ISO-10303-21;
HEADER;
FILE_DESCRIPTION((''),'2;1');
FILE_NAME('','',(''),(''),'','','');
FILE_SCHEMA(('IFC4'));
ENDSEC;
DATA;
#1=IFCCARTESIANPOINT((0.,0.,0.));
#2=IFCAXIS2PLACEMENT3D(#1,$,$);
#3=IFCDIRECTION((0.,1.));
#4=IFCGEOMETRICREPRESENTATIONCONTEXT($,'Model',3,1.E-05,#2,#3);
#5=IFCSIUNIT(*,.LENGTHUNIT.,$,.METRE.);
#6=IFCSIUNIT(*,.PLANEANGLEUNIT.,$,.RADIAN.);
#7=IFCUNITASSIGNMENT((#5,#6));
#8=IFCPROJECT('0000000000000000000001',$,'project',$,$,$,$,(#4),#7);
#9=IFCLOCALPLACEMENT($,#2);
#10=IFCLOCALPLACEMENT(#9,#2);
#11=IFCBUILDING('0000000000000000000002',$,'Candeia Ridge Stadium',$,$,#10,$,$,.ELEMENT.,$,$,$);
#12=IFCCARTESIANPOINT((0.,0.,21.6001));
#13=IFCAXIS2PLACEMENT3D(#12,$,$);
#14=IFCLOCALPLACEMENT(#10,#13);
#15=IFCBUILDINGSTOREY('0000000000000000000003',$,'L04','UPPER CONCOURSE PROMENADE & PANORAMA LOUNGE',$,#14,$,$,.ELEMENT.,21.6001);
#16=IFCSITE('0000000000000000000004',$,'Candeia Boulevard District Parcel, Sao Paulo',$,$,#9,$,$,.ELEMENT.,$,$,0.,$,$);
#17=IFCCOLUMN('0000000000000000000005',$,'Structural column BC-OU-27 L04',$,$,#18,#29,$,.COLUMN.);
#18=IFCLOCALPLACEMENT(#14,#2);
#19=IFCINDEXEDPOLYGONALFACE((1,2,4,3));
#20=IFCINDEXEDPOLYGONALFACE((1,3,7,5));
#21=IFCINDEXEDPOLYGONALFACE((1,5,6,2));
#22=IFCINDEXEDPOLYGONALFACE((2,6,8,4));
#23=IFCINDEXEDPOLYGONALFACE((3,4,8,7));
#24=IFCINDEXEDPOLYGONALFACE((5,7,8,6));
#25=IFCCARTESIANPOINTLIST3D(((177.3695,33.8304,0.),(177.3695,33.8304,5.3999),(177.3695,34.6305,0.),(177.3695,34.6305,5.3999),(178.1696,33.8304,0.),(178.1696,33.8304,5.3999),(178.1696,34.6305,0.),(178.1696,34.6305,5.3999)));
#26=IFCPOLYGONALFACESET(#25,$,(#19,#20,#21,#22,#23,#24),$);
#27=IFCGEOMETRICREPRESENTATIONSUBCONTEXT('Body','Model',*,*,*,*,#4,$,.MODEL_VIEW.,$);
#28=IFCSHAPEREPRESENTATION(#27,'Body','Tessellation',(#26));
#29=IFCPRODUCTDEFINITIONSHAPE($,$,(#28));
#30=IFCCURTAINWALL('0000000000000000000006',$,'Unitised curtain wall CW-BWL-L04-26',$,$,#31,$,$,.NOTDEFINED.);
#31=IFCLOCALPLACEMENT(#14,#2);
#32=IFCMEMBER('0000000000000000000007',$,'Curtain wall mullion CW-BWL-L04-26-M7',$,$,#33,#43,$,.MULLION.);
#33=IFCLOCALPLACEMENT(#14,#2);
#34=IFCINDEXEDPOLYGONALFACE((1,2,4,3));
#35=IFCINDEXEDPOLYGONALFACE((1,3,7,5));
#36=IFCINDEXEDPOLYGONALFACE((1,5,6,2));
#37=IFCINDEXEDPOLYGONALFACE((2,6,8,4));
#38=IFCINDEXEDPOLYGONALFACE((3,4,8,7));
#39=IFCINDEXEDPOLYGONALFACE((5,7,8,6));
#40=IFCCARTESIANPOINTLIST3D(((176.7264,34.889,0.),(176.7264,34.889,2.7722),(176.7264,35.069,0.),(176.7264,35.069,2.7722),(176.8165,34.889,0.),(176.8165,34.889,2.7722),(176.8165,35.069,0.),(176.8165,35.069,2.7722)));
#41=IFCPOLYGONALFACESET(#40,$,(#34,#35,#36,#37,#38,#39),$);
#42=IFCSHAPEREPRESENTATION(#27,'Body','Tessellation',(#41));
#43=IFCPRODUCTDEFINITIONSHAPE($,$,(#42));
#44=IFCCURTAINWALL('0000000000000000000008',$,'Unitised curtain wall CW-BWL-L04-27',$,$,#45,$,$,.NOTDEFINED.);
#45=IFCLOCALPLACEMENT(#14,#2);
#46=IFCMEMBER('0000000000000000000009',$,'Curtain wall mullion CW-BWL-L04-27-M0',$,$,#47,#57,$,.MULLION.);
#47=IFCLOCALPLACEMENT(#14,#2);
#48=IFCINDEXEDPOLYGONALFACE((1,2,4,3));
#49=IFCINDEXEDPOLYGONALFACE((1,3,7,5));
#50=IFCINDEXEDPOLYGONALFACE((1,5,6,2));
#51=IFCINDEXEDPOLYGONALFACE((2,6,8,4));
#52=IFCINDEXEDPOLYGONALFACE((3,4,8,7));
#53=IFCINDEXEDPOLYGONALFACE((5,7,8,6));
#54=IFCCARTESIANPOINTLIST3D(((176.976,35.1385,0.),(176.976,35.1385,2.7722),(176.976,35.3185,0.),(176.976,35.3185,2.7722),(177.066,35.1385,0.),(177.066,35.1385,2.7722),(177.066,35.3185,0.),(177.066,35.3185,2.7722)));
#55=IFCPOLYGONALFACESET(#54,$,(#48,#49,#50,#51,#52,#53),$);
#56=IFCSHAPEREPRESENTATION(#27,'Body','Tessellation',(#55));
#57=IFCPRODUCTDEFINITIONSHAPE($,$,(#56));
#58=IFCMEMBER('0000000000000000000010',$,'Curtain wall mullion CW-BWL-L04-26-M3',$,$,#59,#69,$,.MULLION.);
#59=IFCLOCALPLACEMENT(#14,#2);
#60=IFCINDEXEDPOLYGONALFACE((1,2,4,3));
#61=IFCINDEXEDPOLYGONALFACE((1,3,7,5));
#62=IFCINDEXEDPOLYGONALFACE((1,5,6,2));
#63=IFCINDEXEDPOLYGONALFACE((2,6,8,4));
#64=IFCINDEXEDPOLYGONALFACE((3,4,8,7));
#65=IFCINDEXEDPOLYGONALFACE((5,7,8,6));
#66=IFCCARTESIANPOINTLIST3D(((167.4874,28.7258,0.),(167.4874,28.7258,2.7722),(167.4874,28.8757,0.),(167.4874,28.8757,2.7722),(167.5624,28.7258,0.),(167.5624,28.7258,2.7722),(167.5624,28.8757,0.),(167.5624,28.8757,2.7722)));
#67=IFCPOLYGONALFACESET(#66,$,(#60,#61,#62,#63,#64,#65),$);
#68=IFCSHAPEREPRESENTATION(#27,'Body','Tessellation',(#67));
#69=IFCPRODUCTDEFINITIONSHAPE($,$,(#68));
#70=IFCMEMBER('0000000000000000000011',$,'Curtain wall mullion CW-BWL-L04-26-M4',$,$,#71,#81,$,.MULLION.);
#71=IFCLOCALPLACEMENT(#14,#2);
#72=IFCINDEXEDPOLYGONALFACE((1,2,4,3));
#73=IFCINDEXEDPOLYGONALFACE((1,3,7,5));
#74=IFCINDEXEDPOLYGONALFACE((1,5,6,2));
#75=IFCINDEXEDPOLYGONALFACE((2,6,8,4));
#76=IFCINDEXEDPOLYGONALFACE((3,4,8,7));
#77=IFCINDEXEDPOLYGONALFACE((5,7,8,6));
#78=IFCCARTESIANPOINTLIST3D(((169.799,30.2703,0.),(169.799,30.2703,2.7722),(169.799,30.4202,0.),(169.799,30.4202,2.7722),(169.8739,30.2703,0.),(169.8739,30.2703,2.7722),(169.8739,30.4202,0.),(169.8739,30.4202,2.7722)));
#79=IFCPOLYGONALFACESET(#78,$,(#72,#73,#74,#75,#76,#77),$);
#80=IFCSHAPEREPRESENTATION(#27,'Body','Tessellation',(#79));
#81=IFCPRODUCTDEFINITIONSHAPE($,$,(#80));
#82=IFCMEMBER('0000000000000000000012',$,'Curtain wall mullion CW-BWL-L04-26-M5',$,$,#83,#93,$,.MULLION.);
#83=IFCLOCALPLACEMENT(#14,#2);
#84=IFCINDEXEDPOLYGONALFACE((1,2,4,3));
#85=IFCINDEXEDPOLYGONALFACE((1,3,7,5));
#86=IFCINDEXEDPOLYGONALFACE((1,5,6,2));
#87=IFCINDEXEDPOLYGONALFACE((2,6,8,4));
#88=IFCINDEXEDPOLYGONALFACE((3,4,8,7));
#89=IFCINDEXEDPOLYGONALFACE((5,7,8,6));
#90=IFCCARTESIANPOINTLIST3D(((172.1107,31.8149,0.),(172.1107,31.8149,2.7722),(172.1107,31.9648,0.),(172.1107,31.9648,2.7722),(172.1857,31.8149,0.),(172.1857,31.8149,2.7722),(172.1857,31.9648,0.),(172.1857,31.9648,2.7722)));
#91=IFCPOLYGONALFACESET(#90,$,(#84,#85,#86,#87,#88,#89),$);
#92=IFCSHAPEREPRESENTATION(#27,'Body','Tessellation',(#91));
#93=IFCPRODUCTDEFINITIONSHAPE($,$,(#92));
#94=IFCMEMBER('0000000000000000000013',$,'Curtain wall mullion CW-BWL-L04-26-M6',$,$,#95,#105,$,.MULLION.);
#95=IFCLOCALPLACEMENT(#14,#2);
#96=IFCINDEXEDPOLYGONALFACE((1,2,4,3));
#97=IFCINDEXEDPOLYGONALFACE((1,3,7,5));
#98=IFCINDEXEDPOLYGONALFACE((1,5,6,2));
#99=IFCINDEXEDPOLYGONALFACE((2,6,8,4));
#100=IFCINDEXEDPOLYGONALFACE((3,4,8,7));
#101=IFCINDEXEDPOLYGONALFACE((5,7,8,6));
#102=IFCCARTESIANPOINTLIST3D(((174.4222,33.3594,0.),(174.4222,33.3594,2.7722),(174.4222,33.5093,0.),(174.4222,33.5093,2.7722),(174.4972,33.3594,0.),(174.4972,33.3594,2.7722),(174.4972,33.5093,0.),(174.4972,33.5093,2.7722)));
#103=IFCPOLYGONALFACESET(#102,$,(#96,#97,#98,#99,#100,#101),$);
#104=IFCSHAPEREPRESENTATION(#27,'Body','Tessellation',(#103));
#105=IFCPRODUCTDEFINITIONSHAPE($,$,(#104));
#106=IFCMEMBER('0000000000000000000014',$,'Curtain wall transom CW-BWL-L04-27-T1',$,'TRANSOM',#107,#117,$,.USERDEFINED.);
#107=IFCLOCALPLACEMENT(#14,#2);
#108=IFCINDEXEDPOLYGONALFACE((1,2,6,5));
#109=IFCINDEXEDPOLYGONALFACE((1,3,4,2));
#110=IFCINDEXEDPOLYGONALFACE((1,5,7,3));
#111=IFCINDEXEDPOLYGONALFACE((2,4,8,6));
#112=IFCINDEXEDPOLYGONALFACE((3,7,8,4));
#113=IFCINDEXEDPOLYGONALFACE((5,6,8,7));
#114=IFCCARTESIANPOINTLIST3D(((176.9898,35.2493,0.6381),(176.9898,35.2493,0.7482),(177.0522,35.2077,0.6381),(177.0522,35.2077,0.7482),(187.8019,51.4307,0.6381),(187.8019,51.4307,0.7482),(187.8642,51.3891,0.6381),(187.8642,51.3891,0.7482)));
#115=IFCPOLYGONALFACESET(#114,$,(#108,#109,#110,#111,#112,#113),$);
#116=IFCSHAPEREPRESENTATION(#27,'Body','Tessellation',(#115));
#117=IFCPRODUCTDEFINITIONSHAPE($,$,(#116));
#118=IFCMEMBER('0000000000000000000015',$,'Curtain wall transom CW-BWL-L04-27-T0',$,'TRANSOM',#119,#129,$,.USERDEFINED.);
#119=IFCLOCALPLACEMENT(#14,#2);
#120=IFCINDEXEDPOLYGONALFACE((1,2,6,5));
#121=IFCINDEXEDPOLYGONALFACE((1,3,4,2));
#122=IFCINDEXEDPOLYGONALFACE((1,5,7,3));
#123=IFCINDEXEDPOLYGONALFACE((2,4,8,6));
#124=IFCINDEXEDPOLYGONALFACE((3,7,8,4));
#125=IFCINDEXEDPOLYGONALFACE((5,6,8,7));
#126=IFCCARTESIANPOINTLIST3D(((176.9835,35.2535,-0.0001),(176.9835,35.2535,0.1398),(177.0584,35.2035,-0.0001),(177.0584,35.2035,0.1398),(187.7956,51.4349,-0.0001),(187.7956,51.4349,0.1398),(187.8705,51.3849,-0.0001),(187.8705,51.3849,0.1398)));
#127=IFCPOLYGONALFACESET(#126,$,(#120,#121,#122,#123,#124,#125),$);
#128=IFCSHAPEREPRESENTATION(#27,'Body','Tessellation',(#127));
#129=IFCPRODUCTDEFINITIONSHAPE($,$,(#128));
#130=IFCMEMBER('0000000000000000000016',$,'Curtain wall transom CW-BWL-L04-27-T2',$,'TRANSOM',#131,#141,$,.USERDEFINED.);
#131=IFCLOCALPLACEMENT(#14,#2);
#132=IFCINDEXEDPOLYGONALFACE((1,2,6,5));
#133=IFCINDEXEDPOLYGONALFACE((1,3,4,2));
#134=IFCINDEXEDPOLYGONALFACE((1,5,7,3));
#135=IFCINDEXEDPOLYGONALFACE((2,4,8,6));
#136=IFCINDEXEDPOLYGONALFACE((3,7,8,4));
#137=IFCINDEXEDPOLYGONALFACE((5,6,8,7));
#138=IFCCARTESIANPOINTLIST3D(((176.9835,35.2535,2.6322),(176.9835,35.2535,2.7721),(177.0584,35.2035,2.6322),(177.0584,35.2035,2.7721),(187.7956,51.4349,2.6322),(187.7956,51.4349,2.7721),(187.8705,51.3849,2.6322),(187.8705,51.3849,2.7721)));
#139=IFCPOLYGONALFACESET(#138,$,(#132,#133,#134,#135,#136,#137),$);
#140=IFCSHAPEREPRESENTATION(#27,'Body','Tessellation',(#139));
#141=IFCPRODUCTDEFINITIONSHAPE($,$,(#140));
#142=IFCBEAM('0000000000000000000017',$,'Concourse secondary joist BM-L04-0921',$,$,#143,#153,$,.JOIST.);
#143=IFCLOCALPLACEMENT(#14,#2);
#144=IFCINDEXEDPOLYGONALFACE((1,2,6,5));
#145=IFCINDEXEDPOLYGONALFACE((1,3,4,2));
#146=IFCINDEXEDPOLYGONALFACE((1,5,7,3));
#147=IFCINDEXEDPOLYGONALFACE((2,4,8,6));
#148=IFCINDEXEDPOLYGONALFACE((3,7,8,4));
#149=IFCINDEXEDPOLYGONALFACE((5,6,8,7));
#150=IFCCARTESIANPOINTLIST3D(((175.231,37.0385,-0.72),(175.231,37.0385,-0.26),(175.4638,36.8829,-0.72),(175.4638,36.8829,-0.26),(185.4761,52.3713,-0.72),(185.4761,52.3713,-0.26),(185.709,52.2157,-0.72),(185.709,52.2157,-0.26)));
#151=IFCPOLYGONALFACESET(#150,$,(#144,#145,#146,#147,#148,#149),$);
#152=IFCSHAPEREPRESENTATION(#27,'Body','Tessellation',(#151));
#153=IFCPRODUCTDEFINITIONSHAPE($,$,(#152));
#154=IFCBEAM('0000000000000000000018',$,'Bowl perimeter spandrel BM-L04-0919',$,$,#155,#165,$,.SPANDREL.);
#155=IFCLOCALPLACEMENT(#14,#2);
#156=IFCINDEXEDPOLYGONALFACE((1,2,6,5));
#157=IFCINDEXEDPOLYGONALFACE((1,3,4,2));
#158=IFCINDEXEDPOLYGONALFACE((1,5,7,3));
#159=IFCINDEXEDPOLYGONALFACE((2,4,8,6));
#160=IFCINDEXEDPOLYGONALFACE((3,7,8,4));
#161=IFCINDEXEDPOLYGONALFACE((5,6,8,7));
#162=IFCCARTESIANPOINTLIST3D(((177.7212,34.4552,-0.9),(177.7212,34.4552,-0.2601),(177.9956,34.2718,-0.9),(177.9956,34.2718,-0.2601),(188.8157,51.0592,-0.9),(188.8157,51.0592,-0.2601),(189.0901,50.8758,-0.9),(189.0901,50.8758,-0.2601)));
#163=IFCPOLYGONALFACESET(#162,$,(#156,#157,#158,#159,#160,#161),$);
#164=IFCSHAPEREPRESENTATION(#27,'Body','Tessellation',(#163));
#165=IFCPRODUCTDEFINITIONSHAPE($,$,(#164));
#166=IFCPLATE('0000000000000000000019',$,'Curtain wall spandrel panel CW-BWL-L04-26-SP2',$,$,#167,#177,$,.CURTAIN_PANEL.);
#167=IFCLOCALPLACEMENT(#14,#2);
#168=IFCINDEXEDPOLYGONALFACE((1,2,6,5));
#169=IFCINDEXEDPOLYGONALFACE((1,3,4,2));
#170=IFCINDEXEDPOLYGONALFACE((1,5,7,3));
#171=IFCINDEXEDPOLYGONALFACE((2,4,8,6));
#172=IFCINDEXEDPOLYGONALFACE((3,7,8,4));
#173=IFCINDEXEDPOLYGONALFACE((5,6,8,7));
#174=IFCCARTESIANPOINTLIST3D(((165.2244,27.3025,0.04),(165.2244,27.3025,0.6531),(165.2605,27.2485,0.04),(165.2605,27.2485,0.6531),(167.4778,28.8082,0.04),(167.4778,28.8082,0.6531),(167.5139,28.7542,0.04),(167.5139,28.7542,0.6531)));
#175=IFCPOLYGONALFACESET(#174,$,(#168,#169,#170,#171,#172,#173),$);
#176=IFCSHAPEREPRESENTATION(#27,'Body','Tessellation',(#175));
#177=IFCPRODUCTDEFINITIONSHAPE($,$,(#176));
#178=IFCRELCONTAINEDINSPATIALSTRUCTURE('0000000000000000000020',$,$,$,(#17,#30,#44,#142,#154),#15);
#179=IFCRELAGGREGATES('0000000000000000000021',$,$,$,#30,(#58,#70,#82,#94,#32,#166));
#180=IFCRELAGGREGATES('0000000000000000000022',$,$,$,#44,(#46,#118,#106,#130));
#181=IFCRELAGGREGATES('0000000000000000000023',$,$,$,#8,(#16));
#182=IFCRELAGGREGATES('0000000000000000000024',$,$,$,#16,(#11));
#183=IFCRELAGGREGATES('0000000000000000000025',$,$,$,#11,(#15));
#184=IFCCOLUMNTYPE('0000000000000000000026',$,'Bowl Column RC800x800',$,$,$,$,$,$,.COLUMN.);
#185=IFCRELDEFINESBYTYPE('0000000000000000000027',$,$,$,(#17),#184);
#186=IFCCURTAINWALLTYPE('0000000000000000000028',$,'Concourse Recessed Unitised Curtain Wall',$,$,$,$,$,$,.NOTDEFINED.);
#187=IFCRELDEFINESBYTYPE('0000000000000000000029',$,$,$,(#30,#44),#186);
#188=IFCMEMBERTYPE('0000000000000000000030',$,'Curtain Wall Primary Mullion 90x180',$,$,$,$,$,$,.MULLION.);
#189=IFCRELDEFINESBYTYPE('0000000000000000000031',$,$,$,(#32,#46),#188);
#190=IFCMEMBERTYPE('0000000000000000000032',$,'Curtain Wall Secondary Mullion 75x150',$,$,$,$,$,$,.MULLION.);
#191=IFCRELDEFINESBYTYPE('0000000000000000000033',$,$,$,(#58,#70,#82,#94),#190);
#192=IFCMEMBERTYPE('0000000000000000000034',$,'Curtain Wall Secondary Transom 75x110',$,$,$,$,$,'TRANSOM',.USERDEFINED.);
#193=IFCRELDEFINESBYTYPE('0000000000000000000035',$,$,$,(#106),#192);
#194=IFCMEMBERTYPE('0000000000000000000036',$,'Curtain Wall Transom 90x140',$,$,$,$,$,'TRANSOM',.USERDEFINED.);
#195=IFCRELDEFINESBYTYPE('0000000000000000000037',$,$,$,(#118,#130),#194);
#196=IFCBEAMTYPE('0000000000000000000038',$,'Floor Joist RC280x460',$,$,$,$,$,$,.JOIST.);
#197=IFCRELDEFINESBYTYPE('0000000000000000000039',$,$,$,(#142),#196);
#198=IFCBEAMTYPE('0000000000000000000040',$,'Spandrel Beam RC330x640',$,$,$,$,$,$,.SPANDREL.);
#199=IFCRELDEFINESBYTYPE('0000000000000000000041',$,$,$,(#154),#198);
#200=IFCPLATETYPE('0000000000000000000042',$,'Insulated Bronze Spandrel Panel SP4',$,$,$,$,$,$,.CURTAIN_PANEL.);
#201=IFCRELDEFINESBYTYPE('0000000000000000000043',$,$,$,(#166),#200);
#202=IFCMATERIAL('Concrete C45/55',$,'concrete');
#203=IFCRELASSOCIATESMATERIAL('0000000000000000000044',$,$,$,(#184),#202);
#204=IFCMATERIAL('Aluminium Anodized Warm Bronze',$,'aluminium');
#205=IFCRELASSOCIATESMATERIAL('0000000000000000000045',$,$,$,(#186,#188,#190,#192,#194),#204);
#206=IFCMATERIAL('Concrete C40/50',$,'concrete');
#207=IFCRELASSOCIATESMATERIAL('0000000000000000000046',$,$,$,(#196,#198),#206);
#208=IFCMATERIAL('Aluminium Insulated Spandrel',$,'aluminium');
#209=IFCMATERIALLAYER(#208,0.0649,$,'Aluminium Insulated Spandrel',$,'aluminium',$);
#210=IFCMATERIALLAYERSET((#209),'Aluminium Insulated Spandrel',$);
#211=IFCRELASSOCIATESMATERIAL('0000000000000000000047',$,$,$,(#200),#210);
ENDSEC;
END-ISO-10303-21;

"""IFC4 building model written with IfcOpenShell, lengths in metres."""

from ifc_helpers import new_model, si_unit, direction, frame, origin, origin_2d, place, context, subcontext, project, spatial, rectangle, extrude, material, layer, layer_set, material_profile, profile_set, type_object, element, aggregate, save


model = new_model("IFC4")

# Units and contexts
model_context = context("Model", 3, precision=1e-05, world=origin(), true_north=direction((0.0, 1.0)))
body_context = subcontext(model_context, "Body", "Model", "MODEL_VIEW")
ifc_project = project(units=[si_unit("LENGTHUNIT", "METRE"), si_unit("PLANEANGLEUNIT", "RADIAN")], contexts=[model_context])

# Site, building, storey
site_placement = place(None, origin())
site = spatial("IfcSite", under=ifc_project, at=site_placement, Name="Candeia Boulevard District Parcel, Sao Paulo", CompositionType="ELEMENT", RefElevation=0.0)
building_placement = place(site_placement, origin())
building = spatial("IfcBuilding", under=site, at=building_placement, Name="Candeia Ridge Stadium", CompositionType="ELEMENT")
storey_placement = place(building_placement, frame((0.0, 0.0, 21.6001)))
storey = spatial("IfcBuildingStorey", under=building, at=storey_placement, Name="L04", Description="UPPER CONCOURSE PROMENADE & PANORAMA LOUNGE", CompositionType="ELEMENT", Elevation=21.6001)

# Column
ifc_material_1 = material(Name="Concrete C45/55", Category="concrete")
ifc_material_profile_1 = material_profile(ifc_material_1, rectangle(XDim=0.8, YDim=0.8, at=origin_2d()), Name="RC800x800", Category="concrete")
ifc_profile_set_1 = profile_set([ifc_material_profile_1], Name="Concrete C45/55")
column_type = type_object("IfcColumnType", Name="Bowl Column RC800x800", PredefinedType="COLUMN", material=ifc_profile_set_1)
column_placement = place(storey_placement, frame((177.7695, 34.2305, 0.0), z_axis=(0.0, 0.0, 1.0), x_axis=(1.0, 0.0, 0.0)))
element("IfcColumn", 1, at=column_placement, inside=storey, type_object=column_type, Name="Structural column BC-OU-27 L04", PredefinedType="COLUMN", context=body_context, shape_type="SweptSolid", body=[
    extrude(rectangle(XDim=0.8, YDim=0.8, at=origin_2d()), origin(), (0.0, 0.0, 1.0), 5.3999),
])

# Curtain walls, members
ifc_material_2 = material(Name="Aluminium Anodized Warm Bronze", Category="aluminium")
curtain_wall_type = type_object("IfcCurtainWallType", Name="Concourse Recessed Unitised Curtain Wall", PredefinedType="NOTDEFINED", material=ifc_material_2)
curtain_wall_1_placement = place(storey_placement, origin())
curtain_wall_1 = element("IfcCurtainWall", 2, at=curtain_wall_1_placement, inside=storey, type_object=curtain_wall_type, Name="Unitised curtain wall CW-BWL-L04-26", PredefinedType="NOTDEFINED")
ifc_material_profile_2 = material_profile(ifc_material_2, rectangle(XDim=0.0901, YDim=0.1799, at=origin_2d()), Name="CWM-90x180", Category="aluminium")
ifc_profile_set_2 = profile_set([ifc_material_profile_2], Name="Aluminium Anodized Warm Bronze")
member_type_1 = type_object("IfcMemberType", Name="Curtain Wall Primary Mullion 90x180", PredefinedType="MULLION", material=ifc_profile_set_2)
member_1_placement = place(storey_placement, frame((176.7715, 34.979, 0.0), z_axis=(0.0, 0.0, 1.0), x_axis=(1.0, 0.0, 0.0)))
member_1 = element("IfcMember", 3, at=member_1_placement, type_object=member_type_1, Name="Curtain wall mullion CW-BWL-L04-26-M7", PredefinedType="MULLION", context=body_context, shape_type="SweptSolid", body=[
    extrude(rectangle(XDim=0.0901, YDim=0.1799, at=origin_2d()), origin(), (0.0, 0.0, 1.0), 2.7722),
])
curtain_wall_2_placement = place(storey_placement, origin())
curtain_wall_2 = element("IfcCurtainWall", 4, at=curtain_wall_2_placement, inside=storey, type_object=curtain_wall_type, Name="Unitised curtain wall CW-BWL-L04-27", PredefinedType="NOTDEFINED")
member_2_placement = place(storey_placement, frame((177.021, 35.2285, 0.0), z_axis=(0.0, 0.0, 1.0), x_axis=(1.0, 0.0, 0.0)))
member_2 = element("IfcMember", 5, at=member_2_placement, type_object=member_type_1, Name="Curtain wall mullion CW-BWL-L04-27-M0", PredefinedType="MULLION", context=body_context, shape_type="SweptSolid", body=[
    extrude(rectangle(XDim=0.0901, YDim=0.1799, at=origin_2d()), origin(), (0.0, 0.0, 1.0), 2.7722),
])

# Members
ifc_material_profile_3 = material_profile(ifc_material_2, rectangle(XDim=0.075, YDim=0.1499, at=origin_2d()), Name="CWM-75x150", Category="aluminium")
ifc_profile_set_3 = profile_set([ifc_material_profile_3], Name="Aluminium Anodized Warm Bronze")
member_type_2 = type_object("IfcMemberType", Name="Curtain Wall Secondary Mullion 75x150", PredefinedType="MULLION", material=ifc_profile_set_3)
member_3_placement = place(storey_placement, frame((167.5249, 28.8008, 0.0), z_axis=(0.0, 0.0, 1.0), x_axis=(1.0, 0.0, 0.0)))
member_3 = element("IfcMember", 6, at=member_3_placement, type_object=member_type_2, Name="Curtain wall mullion CW-BWL-L04-26-M3", PredefinedType="MULLION", context=body_context, shape_type="SweptSolid", body=[
    extrude(rectangle(XDim=0.075, YDim=0.1499, at=origin_2d()), origin(), (0.0, 0.0, 1.0), 2.7722),
])
member_4_placement = place(storey_placement, frame((169.8364, 30.3452, 0.0), z_axis=(0.0, 0.0, 1.0), x_axis=(1.0, 0.0, 0.0)))
member_4 = element("IfcMember", 7, at=member_4_placement, type_object=member_type_2, Name="Curtain wall mullion CW-BWL-L04-26-M4", PredefinedType="MULLION", context=body_context, shape_type="SweptSolid", body=[
    extrude(rectangle(XDim=0.075, YDim=0.1499, at=origin_2d()), origin(), (0.0, 0.0, 1.0), 2.7722),
])
member_5_placement = place(storey_placement, frame((172.1482, 31.8899, 0.0), z_axis=(0.0, 0.0, 1.0), x_axis=(1.0, 0.0, 0.0)))
member_5 = element("IfcMember", 8, at=member_5_placement, type_object=member_type_2, Name="Curtain wall mullion CW-BWL-L04-26-M5", PredefinedType="MULLION", context=body_context, shape_type="SweptSolid", body=[
    extrude(rectangle(XDim=0.075, YDim=0.1499, at=origin_2d()), origin(), (0.0, 0.0, 1.0), 2.7722),
])
member_6_placement = place(storey_placement, frame((174.4597, 33.4343, 0.0), z_axis=(0.0, 0.0, 1.0), x_axis=(1.0, 0.0, 0.0)))
member_6 = element("IfcMember", 9, at=member_6_placement, type_object=member_type_2, Name="Curtain wall mullion CW-BWL-L04-26-M6", PredefinedType="MULLION", context=body_context, shape_type="SweptSolid", body=[
    extrude(rectangle(XDim=0.075, YDim=0.1499, at=origin_2d()), origin(), (0.0, 0.0, 1.0), 2.7722),
])
ifc_material_profile_4 = material_profile(ifc_material_2, rectangle(XDim=0.075, YDim=0.1101, at=origin_2d()), Name="CWT-75x110", Category="aluminium")
ifc_profile_set_4 = profile_set([ifc_material_profile_4], Name="Aluminium Anodized Warm Bronze")
member_type_3 = type_object("IfcMemberType", Name="Curtain Wall Secondary Transom 75x110", ElementType="TRANSOM", PredefinedType="USERDEFINED", material=ifc_profile_set_4)
member_7_placement = place(storey_placement, frame((177.021, 35.2285, 0.6931), z_axis=(0.555568, 0.831471, 0.0), x_axis=(-0.831471, 0.555568, 0.0)))
member_7 = element("IfcMember", 10, at=member_7_placement, type_object=member_type_3, Name="Curtain wall transom CW-BWL-L04-27-T1", ObjectType="TRANSOM", PredefinedType="USERDEFINED", context=body_context, shape_type="SweptSolid", body=[
    extrude(rectangle(XDim=0.075, YDim=0.1101, at=origin_2d()), origin(), (0.0, 0.0, 1.0), 19.4612),
])
ifc_material_profile_5 = material_profile(ifc_material_2, rectangle(XDim=0.0901, YDim=0.1399, at=origin_2d()), Name="CWT-90x140", Category="aluminium")
ifc_profile_set_5 = profile_set([ifc_material_profile_5], Name="Aluminium Anodized Warm Bronze")
member_type_4 = type_object("IfcMemberType", Name="Curtain Wall Transom 90x140", ElementType="TRANSOM", PredefinedType="USERDEFINED", material=ifc_profile_set_5)
member_8_placement = place(storey_placement, frame((177.021, 35.2285, 0.0698), z_axis=(0.555568, 0.831471, 0.0), x_axis=(-0.831471, 0.555568, 0.0)))
member_8 = element("IfcMember", 11, at=member_8_placement, type_object=member_type_4, Name="Curtain wall transom CW-BWL-L04-27-T0", ObjectType="TRANSOM", PredefinedType="USERDEFINED", context=body_context, shape_type="SweptSolid", body=[
    extrude(rectangle(XDim=0.0901, YDim=0.1399, at=origin_2d()), origin(), (0.0, 0.0, 1.0), 19.4612),
])
member_9_placement = place(storey_placement, frame((177.021, 35.2285, 2.7021), z_axis=(0.555568, 0.831471, 0.0), x_axis=(-0.831471, 0.555568, 0.0)))
member_9 = element("IfcMember", 12, at=member_9_placement, type_object=member_type_4, Name="Curtain wall transom CW-BWL-L04-27-T2", ObjectType="TRANSOM", PredefinedType="USERDEFINED", context=body_context, shape_type="SweptSolid", body=[
    extrude(rectangle(XDim=0.0901, YDim=0.1399, at=origin_2d()), origin(), (0.0, 0.0, 1.0), 19.4612),
])

# Beams
ifc_material_3 = material(Name="Concrete C40/50", Category="concrete")
ifc_material_profile_6 = material_profile(ifc_material_3, rectangle(XDim=0.28, YDim=0.46, at=origin_2d()), Name="RC280x460", Category="concrete")
ifc_profile_set_6 = profile_set([ifc_material_profile_6], Name="Concrete C40/50")
beam_type_1 = type_object("IfcBeamType", Name="Floor Joist RC280x460", PredefinedType="JOIST", material=ifc_profile_set_6)
beam_1_placement = place(storey_placement, frame((175.3474, 36.9607, -0.49), z_axis=(0.555574, 0.831467, 0.0), x_axis=(-0.831467, 0.555574, 0.0)))
element("IfcBeam", 13, at=beam_1_placement, inside=storey, type_object=beam_type_1, Name="Concourse secondary joist BM-L04-0921", PredefinedType="JOIST", context=body_context, shape_type="SweptSolid", body=[
    extrude(rectangle(XDim=0.28, YDim=0.46, at=origin_2d()), origin(), (0.0, 0.0, 1.0), 18.4407),
])
ifc_material_profile_7 = material_profile(ifc_material_3, rectangle(XDim=0.3301, YDim=0.6399, at=origin_2d()), Name="RC330x640", Category="concrete")
ifc_profile_set_7 = profile_set([ifc_material_profile_7], Name="Concrete C40/50")
beam_type_2 = type_object("IfcBeamType", Name="Spandrel Beam RC330x640", PredefinedType="SPANDREL", material=ifc_profile_set_7)
beam_2_placement = place(storey_placement, frame((177.8584, 34.3635, -0.5801), z_axis=(0.555572, 0.831469, 0.0), x_axis=(-0.831469, 0.555572, 0.0)))
element("IfcBeam", 14, at=beam_2_placement, inside=storey, type_object=beam_type_2, Name="Bowl perimeter spandrel BM-L04-0919", PredefinedType="SPANDREL", context=body_context, shape_type="SweptSolid", body=[
    extrude(rectangle(XDim=0.3301, YDim=0.6399, at=origin_2d()), origin(), (0.0, 0.0, 1.0), 19.9695),
])

# Plate
ifc_material_4 = material(Name="Aluminium Insulated Spandrel", Category="aluminium")
ifc_layer_1 = layer(ifc_material_4, 0.0649, Name="Aluminium Insulated Spandrel", Category="aluminium")
ifc_layer_set_1 = layer_set([ifc_layer_1], Name="Aluminium Insulated Spandrel")
plate_type_1 = type_object("IfcPlateType", Name="Insulated Bronze Spandrel Panel SP4", PredefinedType="CURTAIN_PANEL", material=ifc_layer_set_1)
plate_1_placement = place(storey_placement, frame((166.3691, 28.0283, 0.04), z_axis=(0.0, 0.0, 1.0), x_axis=(0.831469, 0.555571, 0.0)))
plate_1 = element("IfcPlate", 15, at=plate_1_placement, type_object=plate_type_1, Name="Curtain wall spandrel panel CW-BWL-L04-26-SP2", PredefinedType="CURTAIN_PANEL", context=body_context, shape_type="SweptSolid", body=[
    extrude(rectangle(XDim=2.7102, YDim=0.0649, at=origin_2d()), origin(), (0.0, 0.0, 1.0), 0.613),
])
aggregate(curtain_wall_1, [member_3, member_4, member_5, member_6, member_1, plate_1])
aggregate(curtain_wall_2, [member_2, member_8, member_7, member_9])

save(model, "model.ifc")
